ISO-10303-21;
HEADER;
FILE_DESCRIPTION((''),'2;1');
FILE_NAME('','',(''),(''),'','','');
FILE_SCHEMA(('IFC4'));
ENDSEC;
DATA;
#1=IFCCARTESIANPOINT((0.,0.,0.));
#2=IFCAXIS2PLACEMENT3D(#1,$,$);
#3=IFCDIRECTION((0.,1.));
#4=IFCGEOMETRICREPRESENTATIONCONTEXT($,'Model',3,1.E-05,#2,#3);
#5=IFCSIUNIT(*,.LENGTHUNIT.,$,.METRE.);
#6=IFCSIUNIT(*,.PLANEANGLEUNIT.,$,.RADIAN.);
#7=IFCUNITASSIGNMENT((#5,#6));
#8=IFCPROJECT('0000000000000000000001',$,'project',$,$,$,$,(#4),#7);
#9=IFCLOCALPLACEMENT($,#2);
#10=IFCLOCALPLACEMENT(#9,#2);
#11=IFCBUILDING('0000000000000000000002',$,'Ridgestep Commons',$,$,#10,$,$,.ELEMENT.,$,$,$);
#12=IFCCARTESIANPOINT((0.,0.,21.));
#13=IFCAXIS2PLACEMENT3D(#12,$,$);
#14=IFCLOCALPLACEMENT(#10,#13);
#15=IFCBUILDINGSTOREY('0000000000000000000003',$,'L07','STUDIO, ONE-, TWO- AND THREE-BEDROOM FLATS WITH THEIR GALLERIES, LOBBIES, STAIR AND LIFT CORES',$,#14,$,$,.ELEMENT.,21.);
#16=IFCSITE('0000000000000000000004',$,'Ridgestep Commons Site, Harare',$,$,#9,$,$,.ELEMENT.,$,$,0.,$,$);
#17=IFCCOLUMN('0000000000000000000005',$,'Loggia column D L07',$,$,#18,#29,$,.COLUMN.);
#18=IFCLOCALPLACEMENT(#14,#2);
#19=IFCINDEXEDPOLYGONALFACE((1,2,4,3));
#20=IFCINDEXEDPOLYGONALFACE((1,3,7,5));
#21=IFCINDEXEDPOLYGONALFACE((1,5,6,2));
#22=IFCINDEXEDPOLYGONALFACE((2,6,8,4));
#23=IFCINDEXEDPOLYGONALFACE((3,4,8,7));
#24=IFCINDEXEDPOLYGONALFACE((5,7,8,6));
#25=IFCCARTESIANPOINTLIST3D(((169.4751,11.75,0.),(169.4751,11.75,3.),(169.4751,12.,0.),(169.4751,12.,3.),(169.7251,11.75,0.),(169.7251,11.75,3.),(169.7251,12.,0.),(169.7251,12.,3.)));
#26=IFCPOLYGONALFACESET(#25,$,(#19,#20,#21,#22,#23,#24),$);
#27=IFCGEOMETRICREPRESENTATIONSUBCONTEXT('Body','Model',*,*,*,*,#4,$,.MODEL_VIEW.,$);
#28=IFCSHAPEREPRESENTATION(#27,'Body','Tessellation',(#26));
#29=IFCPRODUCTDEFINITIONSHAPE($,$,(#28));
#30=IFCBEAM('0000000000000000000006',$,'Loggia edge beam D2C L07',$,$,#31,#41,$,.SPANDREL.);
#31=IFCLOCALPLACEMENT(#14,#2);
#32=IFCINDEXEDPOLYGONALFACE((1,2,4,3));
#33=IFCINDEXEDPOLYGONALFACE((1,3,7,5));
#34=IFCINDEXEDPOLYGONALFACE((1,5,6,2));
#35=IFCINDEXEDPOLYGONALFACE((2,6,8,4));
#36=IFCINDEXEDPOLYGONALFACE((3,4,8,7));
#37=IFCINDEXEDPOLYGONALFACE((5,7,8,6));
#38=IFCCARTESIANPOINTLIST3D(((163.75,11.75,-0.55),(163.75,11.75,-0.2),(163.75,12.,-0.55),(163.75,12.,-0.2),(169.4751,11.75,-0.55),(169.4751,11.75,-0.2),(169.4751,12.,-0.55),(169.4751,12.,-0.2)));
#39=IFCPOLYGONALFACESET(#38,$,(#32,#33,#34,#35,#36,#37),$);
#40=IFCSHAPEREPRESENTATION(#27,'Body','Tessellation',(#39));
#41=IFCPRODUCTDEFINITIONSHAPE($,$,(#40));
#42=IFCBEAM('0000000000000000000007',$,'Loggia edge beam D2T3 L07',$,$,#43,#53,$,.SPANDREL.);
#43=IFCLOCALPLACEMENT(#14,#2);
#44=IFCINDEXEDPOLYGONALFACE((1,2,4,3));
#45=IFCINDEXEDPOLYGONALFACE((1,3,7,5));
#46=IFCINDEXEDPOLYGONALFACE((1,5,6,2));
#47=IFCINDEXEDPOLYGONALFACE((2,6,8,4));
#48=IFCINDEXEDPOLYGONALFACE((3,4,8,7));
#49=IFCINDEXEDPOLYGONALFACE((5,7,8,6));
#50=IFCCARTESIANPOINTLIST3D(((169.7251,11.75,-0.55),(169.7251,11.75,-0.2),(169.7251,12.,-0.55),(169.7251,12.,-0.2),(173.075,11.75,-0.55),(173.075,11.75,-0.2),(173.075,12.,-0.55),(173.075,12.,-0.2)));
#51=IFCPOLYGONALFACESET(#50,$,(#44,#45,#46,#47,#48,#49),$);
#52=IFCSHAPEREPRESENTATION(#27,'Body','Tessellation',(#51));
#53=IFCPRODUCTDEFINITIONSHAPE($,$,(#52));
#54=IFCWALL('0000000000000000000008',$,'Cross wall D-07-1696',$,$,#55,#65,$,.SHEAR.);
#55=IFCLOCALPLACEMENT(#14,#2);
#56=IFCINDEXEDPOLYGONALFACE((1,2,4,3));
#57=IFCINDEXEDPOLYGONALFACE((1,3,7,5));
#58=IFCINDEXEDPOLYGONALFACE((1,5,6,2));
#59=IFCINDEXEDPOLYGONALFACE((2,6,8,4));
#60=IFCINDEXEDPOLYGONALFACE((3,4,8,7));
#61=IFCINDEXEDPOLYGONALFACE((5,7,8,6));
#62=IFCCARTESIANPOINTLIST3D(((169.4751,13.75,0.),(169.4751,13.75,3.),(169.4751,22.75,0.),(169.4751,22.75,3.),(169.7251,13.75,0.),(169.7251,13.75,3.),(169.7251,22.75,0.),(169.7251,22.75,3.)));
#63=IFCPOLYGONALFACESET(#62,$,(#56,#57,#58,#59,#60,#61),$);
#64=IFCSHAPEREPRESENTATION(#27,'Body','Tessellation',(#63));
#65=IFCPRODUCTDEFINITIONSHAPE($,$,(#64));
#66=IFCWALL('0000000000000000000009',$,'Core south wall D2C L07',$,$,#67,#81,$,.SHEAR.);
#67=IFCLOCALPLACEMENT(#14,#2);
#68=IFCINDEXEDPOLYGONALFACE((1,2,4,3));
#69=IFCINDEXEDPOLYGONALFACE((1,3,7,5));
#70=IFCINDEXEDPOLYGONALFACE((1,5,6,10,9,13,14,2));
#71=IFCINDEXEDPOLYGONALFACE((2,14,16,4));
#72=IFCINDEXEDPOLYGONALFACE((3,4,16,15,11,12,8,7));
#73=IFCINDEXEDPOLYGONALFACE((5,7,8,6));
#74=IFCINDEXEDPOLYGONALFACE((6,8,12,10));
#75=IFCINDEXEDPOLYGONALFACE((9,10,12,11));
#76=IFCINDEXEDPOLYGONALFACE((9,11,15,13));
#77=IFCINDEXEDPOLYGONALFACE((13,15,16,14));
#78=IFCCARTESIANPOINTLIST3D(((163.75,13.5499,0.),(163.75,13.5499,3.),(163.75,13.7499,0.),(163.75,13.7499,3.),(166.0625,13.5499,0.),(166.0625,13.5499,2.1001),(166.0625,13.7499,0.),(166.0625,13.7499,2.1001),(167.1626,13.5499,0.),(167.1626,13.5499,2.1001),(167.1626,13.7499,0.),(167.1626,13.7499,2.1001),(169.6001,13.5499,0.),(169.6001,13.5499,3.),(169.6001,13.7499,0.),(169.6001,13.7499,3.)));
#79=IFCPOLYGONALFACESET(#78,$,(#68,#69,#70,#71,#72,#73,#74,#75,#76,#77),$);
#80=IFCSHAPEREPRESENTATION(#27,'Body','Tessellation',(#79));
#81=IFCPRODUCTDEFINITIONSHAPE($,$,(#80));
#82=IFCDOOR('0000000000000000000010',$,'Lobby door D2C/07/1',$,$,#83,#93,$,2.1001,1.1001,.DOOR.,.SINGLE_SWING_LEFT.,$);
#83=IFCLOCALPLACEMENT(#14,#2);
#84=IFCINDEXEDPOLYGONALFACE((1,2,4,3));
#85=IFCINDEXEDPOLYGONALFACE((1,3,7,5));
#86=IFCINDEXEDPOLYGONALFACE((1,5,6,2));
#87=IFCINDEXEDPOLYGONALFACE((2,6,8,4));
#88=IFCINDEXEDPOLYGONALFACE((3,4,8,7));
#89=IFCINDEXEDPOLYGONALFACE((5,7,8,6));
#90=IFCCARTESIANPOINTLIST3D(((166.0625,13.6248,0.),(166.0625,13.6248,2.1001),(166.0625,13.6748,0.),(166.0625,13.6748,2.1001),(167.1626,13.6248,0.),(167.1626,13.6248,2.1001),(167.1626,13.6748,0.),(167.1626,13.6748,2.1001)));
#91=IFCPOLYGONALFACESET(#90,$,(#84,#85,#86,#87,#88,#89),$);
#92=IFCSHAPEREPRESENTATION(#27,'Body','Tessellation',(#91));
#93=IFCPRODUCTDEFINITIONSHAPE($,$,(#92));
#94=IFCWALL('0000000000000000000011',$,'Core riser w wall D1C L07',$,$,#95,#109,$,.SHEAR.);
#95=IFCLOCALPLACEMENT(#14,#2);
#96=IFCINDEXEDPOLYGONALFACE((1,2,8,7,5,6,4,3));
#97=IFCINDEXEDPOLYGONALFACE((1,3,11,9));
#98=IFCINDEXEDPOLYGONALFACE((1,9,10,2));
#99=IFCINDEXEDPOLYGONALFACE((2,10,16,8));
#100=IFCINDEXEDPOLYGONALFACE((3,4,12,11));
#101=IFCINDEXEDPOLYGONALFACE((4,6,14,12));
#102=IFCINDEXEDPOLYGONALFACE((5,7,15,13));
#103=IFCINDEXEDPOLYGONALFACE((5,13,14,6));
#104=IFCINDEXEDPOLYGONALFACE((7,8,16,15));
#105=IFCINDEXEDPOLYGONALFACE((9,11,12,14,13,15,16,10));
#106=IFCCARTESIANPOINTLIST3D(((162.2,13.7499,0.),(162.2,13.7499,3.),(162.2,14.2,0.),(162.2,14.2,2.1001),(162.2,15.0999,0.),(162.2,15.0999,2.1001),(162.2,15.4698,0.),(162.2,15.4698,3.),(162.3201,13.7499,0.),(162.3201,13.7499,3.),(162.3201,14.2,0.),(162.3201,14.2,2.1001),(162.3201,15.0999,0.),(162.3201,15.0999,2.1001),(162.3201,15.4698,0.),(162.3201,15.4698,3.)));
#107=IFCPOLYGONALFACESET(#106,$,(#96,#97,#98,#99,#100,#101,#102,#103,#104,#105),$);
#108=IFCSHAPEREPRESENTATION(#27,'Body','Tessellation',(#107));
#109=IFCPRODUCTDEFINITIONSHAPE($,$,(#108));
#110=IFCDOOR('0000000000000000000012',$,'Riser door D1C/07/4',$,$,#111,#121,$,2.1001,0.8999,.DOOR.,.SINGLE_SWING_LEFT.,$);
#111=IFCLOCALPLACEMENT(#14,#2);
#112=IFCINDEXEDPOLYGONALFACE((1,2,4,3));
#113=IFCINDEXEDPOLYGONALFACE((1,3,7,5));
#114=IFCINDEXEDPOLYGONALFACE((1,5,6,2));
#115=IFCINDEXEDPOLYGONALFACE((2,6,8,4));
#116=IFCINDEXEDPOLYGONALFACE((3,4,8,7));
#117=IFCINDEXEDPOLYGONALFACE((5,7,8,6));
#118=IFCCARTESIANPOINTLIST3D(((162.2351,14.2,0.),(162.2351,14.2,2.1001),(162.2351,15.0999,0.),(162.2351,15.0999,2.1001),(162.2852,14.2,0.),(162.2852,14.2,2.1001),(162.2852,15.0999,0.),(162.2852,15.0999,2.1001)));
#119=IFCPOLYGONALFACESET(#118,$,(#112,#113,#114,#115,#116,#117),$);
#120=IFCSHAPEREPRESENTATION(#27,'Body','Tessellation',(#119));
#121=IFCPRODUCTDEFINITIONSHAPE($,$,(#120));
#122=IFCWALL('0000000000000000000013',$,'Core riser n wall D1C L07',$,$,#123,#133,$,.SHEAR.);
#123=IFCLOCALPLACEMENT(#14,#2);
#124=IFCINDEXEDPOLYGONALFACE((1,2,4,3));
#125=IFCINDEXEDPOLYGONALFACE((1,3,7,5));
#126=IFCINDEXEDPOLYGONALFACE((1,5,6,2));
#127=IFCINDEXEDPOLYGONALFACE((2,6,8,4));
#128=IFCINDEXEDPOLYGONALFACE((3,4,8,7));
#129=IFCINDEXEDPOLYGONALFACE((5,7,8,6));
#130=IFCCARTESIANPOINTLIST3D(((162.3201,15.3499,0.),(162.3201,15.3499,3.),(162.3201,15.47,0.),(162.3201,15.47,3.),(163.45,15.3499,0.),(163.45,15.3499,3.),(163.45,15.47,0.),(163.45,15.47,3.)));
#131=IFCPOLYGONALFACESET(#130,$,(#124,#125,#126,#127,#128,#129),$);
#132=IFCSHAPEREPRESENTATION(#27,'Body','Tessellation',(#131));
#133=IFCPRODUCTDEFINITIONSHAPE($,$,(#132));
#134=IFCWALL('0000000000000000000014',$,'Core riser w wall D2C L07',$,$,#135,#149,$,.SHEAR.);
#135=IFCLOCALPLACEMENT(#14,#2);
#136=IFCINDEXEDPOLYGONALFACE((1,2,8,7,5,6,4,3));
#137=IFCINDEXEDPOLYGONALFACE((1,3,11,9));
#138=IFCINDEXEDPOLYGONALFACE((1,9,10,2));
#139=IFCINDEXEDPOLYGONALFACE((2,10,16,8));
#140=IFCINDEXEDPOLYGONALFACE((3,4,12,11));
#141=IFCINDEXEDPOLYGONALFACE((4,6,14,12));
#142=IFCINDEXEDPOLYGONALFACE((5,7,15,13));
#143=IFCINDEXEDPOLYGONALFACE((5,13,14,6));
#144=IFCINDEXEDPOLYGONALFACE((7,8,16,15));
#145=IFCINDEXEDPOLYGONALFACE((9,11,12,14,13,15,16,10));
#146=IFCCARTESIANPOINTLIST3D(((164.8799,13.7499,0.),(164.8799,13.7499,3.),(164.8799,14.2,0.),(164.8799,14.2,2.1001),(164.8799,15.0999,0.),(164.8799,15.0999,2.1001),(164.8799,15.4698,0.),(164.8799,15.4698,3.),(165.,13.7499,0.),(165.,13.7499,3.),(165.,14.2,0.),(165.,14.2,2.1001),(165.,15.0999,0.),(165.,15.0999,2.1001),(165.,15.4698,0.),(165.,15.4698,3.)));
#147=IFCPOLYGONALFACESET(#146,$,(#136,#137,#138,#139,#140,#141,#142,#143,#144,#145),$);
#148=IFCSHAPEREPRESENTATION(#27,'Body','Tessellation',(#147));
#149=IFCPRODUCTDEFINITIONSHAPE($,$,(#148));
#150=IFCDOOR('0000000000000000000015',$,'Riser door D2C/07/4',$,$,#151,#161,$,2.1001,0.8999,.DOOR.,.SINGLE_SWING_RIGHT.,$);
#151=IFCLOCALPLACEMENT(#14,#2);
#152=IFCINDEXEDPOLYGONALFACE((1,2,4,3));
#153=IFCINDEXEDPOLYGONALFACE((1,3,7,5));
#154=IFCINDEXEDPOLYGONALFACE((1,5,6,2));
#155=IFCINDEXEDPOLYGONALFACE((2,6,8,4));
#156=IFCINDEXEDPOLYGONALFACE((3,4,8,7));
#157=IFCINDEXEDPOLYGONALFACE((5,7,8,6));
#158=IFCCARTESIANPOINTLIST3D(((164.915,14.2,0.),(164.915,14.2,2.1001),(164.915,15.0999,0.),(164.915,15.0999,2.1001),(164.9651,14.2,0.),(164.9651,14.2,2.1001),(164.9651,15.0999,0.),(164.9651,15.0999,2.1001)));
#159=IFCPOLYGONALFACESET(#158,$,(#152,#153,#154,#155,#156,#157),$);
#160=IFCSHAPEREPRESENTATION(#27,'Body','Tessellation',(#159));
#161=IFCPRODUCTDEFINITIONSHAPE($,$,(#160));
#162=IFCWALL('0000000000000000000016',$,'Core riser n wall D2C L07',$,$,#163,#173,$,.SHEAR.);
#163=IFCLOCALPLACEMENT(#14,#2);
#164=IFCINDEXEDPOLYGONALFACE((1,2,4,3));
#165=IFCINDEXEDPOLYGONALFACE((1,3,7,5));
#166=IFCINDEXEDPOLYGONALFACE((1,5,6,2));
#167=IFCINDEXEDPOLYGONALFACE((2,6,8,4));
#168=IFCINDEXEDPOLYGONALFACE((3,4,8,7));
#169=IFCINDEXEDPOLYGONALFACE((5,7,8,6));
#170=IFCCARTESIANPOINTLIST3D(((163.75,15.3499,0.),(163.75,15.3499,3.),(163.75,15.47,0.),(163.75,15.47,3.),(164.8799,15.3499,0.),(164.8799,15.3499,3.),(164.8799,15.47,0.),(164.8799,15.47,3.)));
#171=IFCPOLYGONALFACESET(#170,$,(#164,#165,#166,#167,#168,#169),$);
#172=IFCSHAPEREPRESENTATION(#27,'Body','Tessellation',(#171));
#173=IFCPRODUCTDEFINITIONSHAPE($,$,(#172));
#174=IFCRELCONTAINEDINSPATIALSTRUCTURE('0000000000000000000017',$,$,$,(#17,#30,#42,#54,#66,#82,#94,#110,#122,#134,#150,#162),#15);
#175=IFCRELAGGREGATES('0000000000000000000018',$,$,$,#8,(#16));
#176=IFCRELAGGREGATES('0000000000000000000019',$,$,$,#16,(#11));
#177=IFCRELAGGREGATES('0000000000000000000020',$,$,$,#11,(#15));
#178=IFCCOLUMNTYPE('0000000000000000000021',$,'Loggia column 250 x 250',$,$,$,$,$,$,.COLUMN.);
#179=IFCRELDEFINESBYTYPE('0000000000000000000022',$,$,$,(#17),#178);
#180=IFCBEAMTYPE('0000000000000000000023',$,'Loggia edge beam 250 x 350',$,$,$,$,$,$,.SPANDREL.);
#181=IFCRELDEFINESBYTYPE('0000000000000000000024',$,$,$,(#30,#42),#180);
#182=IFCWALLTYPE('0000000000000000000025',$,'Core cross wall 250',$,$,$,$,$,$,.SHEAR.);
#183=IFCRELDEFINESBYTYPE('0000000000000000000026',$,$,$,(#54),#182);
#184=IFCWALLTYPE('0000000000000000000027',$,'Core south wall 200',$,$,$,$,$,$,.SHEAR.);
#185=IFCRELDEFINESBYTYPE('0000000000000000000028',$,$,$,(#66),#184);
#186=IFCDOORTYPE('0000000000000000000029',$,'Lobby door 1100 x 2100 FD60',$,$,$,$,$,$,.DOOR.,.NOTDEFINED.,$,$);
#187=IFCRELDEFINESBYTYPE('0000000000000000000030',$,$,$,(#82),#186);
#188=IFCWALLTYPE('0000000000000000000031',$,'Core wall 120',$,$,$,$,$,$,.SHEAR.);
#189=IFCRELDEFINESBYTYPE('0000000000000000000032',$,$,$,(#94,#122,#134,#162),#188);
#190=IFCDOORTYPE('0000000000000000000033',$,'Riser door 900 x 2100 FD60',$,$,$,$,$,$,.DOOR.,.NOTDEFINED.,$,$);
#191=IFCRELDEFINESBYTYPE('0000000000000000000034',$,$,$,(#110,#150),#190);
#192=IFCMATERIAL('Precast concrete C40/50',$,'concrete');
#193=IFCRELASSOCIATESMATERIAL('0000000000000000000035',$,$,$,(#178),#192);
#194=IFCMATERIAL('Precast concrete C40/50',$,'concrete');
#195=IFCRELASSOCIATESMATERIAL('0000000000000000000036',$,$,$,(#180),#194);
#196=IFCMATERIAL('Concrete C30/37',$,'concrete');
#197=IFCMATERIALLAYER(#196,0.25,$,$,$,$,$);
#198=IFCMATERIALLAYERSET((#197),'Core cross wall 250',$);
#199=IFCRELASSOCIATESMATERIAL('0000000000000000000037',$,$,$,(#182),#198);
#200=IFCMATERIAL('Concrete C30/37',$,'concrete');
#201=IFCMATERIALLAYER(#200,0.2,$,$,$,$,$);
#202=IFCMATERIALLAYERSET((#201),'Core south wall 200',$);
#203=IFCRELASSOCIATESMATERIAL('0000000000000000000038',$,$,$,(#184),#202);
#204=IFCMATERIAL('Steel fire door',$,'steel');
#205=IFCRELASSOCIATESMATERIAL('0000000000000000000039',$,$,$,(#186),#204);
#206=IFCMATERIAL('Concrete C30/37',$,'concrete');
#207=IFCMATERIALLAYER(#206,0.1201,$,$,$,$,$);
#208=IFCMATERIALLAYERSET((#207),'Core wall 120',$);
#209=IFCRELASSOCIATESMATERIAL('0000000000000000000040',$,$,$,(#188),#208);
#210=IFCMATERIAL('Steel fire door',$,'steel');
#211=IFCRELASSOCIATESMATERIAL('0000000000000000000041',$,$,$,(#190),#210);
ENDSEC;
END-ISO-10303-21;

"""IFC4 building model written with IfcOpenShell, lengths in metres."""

from ifc_helpers import new_model, si_unit, direction, frame, frame_2d, origin, origin_2d, place, context, subcontext, project, spatial, rectangle, extrude, material, layer, layer_set, material_profile, profile_set, type_object, element, fill, save


model = new_model("IFC4")

# Units and contexts
model_context = context("Model", 3, precision=1e-05, world=origin(), true_north=direction((0.0, 1.0)))
body_context = subcontext(model_context, "Body", "Model", "MODEL_VIEW")
ifc_project = project(units=[si_unit("LENGTHUNIT", "METRE"), si_unit("PLANEANGLEUNIT", "RADIAN")], contexts=[model_context])

# Site, building, storey
site_placement = place(None, origin())
site = spatial("IfcSite", under=ifc_project, at=site_placement, Name="Ridgestep Commons Site, Harare", CompositionType="ELEMENT", RefElevation=0.0)
building_placement = place(site_placement, origin())
building = spatial("IfcBuilding", under=site, at=building_placement, Name="Ridgestep Commons", CompositionType="ELEMENT")
storey_placement = place(building_placement, frame((0.0, 0.0, 21.0)))
storey = spatial("IfcBuildingStorey", under=building, at=storey_placement, Name="L07", Description="STUDIO, ONE-, TWO- AND THREE-BEDROOM FLATS WITH THEIR GALLERIES, LOBBIES, STAIR AND LIFT CORES", CompositionType="ELEMENT", Elevation=21.0)

# Column
ifc_material_1 = material(Name="Precast concrete C40/50", Category="concrete")
ifc_material_profile_1 = material_profile(ifc_material_1, rectangle(XDim=0.25, YDim=0.25, at=origin_2d()), Name="PC 250x250")
ifc_profile_set_1 = profile_set([ifc_material_profile_1], Name="Precast concrete C40/50")
column_type = type_object("IfcColumnType", Name="Loggia column 250 x 250", PredefinedType="COLUMN", material=ifc_profile_set_1)
column_placement = place(storey_placement, frame((169.6001, 11.875, 0.0), z_axis=(0.0, 0.0, 1.0), x_axis=(1.0, 0.0, 0.0)))
element("IfcColumn", 1, at=column_placement, inside=storey, type_object=column_type, Name="Loggia column D L07", PredefinedType="COLUMN", context=body_context, shape_type="SweptSolid", body=[
    extrude(rectangle(XDim=0.25, YDim=0.25, at=origin_2d()), origin(), (0.0, 0.0, 1.0), 3.0),
])

# Beams
ifc_material_2 = material(Name="Precast concrete C40/50", Category="concrete")
ifc_material_profile_2 = material_profile(ifc_material_2, rectangle(XDim=0.25, YDim=0.3501, at=origin_2d()), Name="PC 250x350")
ifc_profile_set_2 = profile_set([ifc_material_profile_2], Name="Precast concrete C40/50")
beam_type = type_object("IfcBeamType", Name="Loggia edge beam 250 x 350", PredefinedType="SPANDREL", material=ifc_profile_set_2)
beam_1_placement = place(storey_placement, frame((163.75, 11.875, -0.375), z_axis=(1.0, 0.0, 0.0), x_axis=(0.0, 1.0, 0.0)))
element("IfcBeam", 2, at=beam_1_placement, inside=storey, type_object=beam_type, Name="Loggia edge beam D2C L07", PredefinedType="SPANDREL", context=body_context, shape_type="SweptSolid", body=[
    extrude(rectangle(XDim=0.25, YDim=0.3501, at=origin_2d()), origin(), (0.0, 0.0, 1.0), 5.7251),
])
beam_2_placement = place(storey_placement, frame((169.7251, 11.875, -0.375), z_axis=(1.0, 0.0, 0.0), x_axis=(0.0, 1.0, 0.0)))
element("IfcBeam", 3, at=beam_2_placement, inside=storey, type_object=beam_type, Name="Loggia edge beam D2T3 L07", PredefinedType="SPANDREL", context=body_context, shape_type="SweptSolid", body=[
    extrude(rectangle(XDim=0.25, YDim=0.3501, at=origin_2d()), origin(), (0.0, 0.0, 1.0), 3.3499),
])

# Wall
ifc_material_3 = material(Name="Concrete C30/37", Category="concrete")
ifc_layer_1 = layer(ifc_material_3, 0.25)
ifc_layer_set_1 = layer_set([ifc_layer_1], Name="Core cross wall 250")
wall_type_1 = type_object("IfcWallType", Name="Core cross wall 250", PredefinedType="SHEAR", material=ifc_layer_set_1)
wall_1_placement = place(storey_placement, frame((169.6001, 13.75, 0.0), z_axis=(0.0, 0.0, 1.0), x_axis=(0.0, 1.0, 0.0)))
element("IfcWall", 4, at=wall_1_placement, inside=storey, type_object=wall_type_1, Name="Cross wall D-07-1696", PredefinedType="SHEAR", context=body_context, shape_type="SweptSolid", body=[
    extrude(rectangle(XDim=9.0, YDim=0.25, at=frame_2d((4.5, 0.0))), origin(), (0.0, 0.0, 1.0), 3.0),
])

# Walls, openings, doors
ifc_material_4 = material(Name="Concrete C30/37", Category="concrete")
ifc_layer_2 = layer(ifc_material_4, 0.2)
ifc_layer_set_2 = layer_set([ifc_layer_2], Name="Core south wall 200")
wall_type_2 = type_object("IfcWallType", Name="Core south wall 200", PredefinedType="SHEAR", material=ifc_layer_set_2)
wall_2_placement = place(storey_placement, frame((163.75, 13.6499, 0.0), z_axis=(0.0, 0.0, 1.0), x_axis=(1.0, 0.0, 0.0)))
wall_2 = element("IfcWall", 5, at=wall_2_placement, inside=storey, type_object=wall_type_2, Name="Core south wall D2C L07", PredefinedType="SHEAR", context=body_context, shape_type="SweptSolid", body=[
    extrude(rectangle(XDim=5.8501, YDim=0.2, at=frame_2d((2.925, 0.0))), origin(), (0.0, 0.0, 1.0), 3.0),
])
opening_1_placement = place(wall_2_placement, frame((2.3125, 0.0, 0.0)))
opening_1 = element("IfcOpeningElement", 6, at=opening_1_placement, cuts=wall_2, PredefinedType="OPENING", context=body_context, shape_type="SweptSolid", body=[
    extrude(rectangle(XDim=1.1001, YDim=2.1001, at=frame_2d((0.55, 1.05))), frame((0.0, 0.1099, 0.0), z_axis=(0.0, -1.0, 0.0), x_axis=(1.0, 0.0, 0.0)), (0.0, 0.0, 1.0), 0.22),
])
ifc_material_5 = material(Name="Steel fire door", Category="steel")
door_type_1 = type_object("IfcDoorType", Name="Lobby door 1100 x 2100 FD60", OperationType="NOTDEFINED", PredefinedType="DOOR", material=ifc_material_5)
door_1_placement = place(opening_1_placement, origin())
door_1 = element("IfcDoor", 7, at=door_1_placement, inside=storey, type_object=door_type_1, Name="Lobby door D2C/07/1", OperationType="SINGLE_SWING_LEFT", OverallHeight=2.1001, OverallWidth=1.1001, PredefinedType="DOOR", context=body_context, shape_type="SweptSolid", body=[
    extrude(rectangle(XDim=1.1001, YDim=2.1001, at=frame_2d((0.55, 1.05))), frame((0.0, 0.0249, 0.0), z_axis=(0.0, -1.0, 0.0), x_axis=(1.0, 0.0, 0.0)), (0.0, 0.0, 1.0), 0.05),
])
fill(opening_1, door_1)
ifc_material_6 = material(Name="Concrete C30/37", Category="concrete")
ifc_layer_3 = layer(ifc_material_6, 0.1201)
ifc_layer_set_3 = layer_set([ifc_layer_3], Name="Core wall 120")
wall_type_3 = type_object("IfcWallType", Name="Core wall 120", PredefinedType="SHEAR", material=ifc_layer_set_3)
wall_3_placement = place(storey_placement, frame((162.26, 13.75, 0.0), z_axis=(0.0, 0.0, 1.0), x_axis=(0.0, 1.0, 0.0)))
wall_3 = element("IfcWall", 8, at=wall_3_placement, inside=storey, type_object=wall_type_3, Name="Core riser w wall D1C L07", PredefinedType="SHEAR", context=body_context, shape_type="SweptSolid", body=[
    extrude(rectangle(XDim=1.72, YDim=0.1201, at=frame_2d((0.8599, 0.0))), origin(), (0.0, 0.0, 1.0), 3.0),
])
opening_2_placement = place(wall_3_placement, frame((0.45, 0.0, 0.0)))
opening_2 = element("IfcOpeningElement", 9, at=opening_2_placement, cuts=wall_3, PredefinedType="OPENING", context=body_context, shape_type="SweptSolid", body=[
    extrude(rectangle(XDim=0.8999, YDim=2.1001, at=frame_2d((0.45, 1.05))), frame((0.0, 0.0701, 0.0), z_axis=(0.0, -1.0, 0.0), x_axis=(1.0, 0.0, 0.0)), (0.0, 0.0, 1.0), 0.1401),
])
ifc_material_7 = material(Name="Steel fire door", Category="steel")
door_type_2 = type_object("IfcDoorType", Name="Riser door 900 x 2100 FD60", OperationType="NOTDEFINED", PredefinedType="DOOR", material=ifc_material_7)
door_2_placement = place(opening_2_placement, origin())
door_2 = element("IfcDoor", 10, at=door_2_placement, inside=storey, type_object=door_type_2, Name="Riser door D1C/07/4", OperationType="SINGLE_SWING_LEFT", OverallHeight=2.1001, OverallWidth=0.8999, PredefinedType="DOOR", context=body_context, shape_type="SweptSolid", body=[
    extrude(rectangle(XDim=0.8999, YDim=2.1001, at=frame_2d((0.45, 1.05))), frame((0.0, 0.0249, 0.0), z_axis=(0.0, -1.0, 0.0), x_axis=(1.0, 0.0, 0.0)), (0.0, 0.0, 1.0), 0.05),
])
fill(opening_2, door_2)

# Wall
wall_4_placement = place(storey_placement, frame((162.3201, 15.4099, 0.0), z_axis=(0.0, 0.0, 1.0), x_axis=(1.0, 0.0, 0.0)))
element("IfcWall", 11, at=wall_4_placement, inside=storey, type_object=wall_type_3, Name="Core riser n wall D1C L07", PredefinedType="SHEAR", context=body_context, shape_type="SweptSolid", body=[
    extrude(rectangle(XDim=1.1299, YDim=0.1201, at=frame_2d((0.5649, 0.0))), origin(), (0.0, 0.0, 1.0), 3.0),
])

# Wall, opening, door
wall_5_placement = place(storey_placement, frame((164.9399, 13.75, 0.0), z_axis=(0.0, 0.0, 1.0), x_axis=(0.0, 1.0, 0.0)))
wall_5 = element("IfcWall", 12, at=wall_5_placement, inside=storey, type_object=wall_type_3, Name="Core riser w wall D2C L07", PredefinedType="SHEAR", context=body_context, shape_type="SweptSolid", body=[
    extrude(rectangle(XDim=1.72, YDim=0.1201, at=frame_2d((0.8599, 0.0))), origin(), (0.0, 0.0, 1.0), 3.0),
])
opening_3_placement = place(wall_5_placement, frame((0.45, 0.0, 0.0)))
opening_3 = element("IfcOpeningElement", 13, at=opening_3_placement, cuts=wall_5, PredefinedType="OPENING", context=body_context, shape_type="SweptSolid", body=[
    extrude(rectangle(XDim=0.8999, YDim=2.1001, at=frame_2d((0.45, 1.05))), frame((0.0, 0.0701, 0.0), z_axis=(0.0, -1.0, 0.0), x_axis=(1.0, 0.0, 0.0)), (0.0, 0.0, 1.0), 0.1401),
])
door_3_placement = place(opening_3_placement, origin())
door_3 = element("IfcDoor", 14, at=door_3_placement, inside=storey, type_object=door_type_2, Name="Riser door D2C/07/4", OperationType="SINGLE_SWING_RIGHT", OverallHeight=2.1001, OverallWidth=0.8999, PredefinedType="DOOR", context=body_context, shape_type="SweptSolid", body=[
    extrude(rectangle(XDim=0.8999, YDim=2.1001, at=frame_2d((0.45, 1.05))), frame((0.0, 0.0249, 0.0), z_axis=(0.0, -1.0, 0.0), x_axis=(1.0, 0.0, 0.0)), (0.0, 0.0, 1.0), 0.05),
])
fill(opening_3, door_3)

# Wall
wall_6_placement = place(storey_placement, frame((163.75, 15.4099, 0.0), z_axis=(0.0, 0.0, 1.0), x_axis=(1.0, 0.0, 0.0)))
element("IfcWall", 15, at=wall_6_placement, inside=storey, type_object=wall_type_3, Name="Core riser n wall D2C L07", PredefinedType="SHEAR", context=body_context, shape_type="SweptSolid", body=[
    extrude(rectangle(XDim=1.1299, YDim=0.1201, at=frame_2d((0.5649, 0.0))), origin(), (0.0, 0.0, 1.0), 3.0),
])

save(model, "model.ifc")
